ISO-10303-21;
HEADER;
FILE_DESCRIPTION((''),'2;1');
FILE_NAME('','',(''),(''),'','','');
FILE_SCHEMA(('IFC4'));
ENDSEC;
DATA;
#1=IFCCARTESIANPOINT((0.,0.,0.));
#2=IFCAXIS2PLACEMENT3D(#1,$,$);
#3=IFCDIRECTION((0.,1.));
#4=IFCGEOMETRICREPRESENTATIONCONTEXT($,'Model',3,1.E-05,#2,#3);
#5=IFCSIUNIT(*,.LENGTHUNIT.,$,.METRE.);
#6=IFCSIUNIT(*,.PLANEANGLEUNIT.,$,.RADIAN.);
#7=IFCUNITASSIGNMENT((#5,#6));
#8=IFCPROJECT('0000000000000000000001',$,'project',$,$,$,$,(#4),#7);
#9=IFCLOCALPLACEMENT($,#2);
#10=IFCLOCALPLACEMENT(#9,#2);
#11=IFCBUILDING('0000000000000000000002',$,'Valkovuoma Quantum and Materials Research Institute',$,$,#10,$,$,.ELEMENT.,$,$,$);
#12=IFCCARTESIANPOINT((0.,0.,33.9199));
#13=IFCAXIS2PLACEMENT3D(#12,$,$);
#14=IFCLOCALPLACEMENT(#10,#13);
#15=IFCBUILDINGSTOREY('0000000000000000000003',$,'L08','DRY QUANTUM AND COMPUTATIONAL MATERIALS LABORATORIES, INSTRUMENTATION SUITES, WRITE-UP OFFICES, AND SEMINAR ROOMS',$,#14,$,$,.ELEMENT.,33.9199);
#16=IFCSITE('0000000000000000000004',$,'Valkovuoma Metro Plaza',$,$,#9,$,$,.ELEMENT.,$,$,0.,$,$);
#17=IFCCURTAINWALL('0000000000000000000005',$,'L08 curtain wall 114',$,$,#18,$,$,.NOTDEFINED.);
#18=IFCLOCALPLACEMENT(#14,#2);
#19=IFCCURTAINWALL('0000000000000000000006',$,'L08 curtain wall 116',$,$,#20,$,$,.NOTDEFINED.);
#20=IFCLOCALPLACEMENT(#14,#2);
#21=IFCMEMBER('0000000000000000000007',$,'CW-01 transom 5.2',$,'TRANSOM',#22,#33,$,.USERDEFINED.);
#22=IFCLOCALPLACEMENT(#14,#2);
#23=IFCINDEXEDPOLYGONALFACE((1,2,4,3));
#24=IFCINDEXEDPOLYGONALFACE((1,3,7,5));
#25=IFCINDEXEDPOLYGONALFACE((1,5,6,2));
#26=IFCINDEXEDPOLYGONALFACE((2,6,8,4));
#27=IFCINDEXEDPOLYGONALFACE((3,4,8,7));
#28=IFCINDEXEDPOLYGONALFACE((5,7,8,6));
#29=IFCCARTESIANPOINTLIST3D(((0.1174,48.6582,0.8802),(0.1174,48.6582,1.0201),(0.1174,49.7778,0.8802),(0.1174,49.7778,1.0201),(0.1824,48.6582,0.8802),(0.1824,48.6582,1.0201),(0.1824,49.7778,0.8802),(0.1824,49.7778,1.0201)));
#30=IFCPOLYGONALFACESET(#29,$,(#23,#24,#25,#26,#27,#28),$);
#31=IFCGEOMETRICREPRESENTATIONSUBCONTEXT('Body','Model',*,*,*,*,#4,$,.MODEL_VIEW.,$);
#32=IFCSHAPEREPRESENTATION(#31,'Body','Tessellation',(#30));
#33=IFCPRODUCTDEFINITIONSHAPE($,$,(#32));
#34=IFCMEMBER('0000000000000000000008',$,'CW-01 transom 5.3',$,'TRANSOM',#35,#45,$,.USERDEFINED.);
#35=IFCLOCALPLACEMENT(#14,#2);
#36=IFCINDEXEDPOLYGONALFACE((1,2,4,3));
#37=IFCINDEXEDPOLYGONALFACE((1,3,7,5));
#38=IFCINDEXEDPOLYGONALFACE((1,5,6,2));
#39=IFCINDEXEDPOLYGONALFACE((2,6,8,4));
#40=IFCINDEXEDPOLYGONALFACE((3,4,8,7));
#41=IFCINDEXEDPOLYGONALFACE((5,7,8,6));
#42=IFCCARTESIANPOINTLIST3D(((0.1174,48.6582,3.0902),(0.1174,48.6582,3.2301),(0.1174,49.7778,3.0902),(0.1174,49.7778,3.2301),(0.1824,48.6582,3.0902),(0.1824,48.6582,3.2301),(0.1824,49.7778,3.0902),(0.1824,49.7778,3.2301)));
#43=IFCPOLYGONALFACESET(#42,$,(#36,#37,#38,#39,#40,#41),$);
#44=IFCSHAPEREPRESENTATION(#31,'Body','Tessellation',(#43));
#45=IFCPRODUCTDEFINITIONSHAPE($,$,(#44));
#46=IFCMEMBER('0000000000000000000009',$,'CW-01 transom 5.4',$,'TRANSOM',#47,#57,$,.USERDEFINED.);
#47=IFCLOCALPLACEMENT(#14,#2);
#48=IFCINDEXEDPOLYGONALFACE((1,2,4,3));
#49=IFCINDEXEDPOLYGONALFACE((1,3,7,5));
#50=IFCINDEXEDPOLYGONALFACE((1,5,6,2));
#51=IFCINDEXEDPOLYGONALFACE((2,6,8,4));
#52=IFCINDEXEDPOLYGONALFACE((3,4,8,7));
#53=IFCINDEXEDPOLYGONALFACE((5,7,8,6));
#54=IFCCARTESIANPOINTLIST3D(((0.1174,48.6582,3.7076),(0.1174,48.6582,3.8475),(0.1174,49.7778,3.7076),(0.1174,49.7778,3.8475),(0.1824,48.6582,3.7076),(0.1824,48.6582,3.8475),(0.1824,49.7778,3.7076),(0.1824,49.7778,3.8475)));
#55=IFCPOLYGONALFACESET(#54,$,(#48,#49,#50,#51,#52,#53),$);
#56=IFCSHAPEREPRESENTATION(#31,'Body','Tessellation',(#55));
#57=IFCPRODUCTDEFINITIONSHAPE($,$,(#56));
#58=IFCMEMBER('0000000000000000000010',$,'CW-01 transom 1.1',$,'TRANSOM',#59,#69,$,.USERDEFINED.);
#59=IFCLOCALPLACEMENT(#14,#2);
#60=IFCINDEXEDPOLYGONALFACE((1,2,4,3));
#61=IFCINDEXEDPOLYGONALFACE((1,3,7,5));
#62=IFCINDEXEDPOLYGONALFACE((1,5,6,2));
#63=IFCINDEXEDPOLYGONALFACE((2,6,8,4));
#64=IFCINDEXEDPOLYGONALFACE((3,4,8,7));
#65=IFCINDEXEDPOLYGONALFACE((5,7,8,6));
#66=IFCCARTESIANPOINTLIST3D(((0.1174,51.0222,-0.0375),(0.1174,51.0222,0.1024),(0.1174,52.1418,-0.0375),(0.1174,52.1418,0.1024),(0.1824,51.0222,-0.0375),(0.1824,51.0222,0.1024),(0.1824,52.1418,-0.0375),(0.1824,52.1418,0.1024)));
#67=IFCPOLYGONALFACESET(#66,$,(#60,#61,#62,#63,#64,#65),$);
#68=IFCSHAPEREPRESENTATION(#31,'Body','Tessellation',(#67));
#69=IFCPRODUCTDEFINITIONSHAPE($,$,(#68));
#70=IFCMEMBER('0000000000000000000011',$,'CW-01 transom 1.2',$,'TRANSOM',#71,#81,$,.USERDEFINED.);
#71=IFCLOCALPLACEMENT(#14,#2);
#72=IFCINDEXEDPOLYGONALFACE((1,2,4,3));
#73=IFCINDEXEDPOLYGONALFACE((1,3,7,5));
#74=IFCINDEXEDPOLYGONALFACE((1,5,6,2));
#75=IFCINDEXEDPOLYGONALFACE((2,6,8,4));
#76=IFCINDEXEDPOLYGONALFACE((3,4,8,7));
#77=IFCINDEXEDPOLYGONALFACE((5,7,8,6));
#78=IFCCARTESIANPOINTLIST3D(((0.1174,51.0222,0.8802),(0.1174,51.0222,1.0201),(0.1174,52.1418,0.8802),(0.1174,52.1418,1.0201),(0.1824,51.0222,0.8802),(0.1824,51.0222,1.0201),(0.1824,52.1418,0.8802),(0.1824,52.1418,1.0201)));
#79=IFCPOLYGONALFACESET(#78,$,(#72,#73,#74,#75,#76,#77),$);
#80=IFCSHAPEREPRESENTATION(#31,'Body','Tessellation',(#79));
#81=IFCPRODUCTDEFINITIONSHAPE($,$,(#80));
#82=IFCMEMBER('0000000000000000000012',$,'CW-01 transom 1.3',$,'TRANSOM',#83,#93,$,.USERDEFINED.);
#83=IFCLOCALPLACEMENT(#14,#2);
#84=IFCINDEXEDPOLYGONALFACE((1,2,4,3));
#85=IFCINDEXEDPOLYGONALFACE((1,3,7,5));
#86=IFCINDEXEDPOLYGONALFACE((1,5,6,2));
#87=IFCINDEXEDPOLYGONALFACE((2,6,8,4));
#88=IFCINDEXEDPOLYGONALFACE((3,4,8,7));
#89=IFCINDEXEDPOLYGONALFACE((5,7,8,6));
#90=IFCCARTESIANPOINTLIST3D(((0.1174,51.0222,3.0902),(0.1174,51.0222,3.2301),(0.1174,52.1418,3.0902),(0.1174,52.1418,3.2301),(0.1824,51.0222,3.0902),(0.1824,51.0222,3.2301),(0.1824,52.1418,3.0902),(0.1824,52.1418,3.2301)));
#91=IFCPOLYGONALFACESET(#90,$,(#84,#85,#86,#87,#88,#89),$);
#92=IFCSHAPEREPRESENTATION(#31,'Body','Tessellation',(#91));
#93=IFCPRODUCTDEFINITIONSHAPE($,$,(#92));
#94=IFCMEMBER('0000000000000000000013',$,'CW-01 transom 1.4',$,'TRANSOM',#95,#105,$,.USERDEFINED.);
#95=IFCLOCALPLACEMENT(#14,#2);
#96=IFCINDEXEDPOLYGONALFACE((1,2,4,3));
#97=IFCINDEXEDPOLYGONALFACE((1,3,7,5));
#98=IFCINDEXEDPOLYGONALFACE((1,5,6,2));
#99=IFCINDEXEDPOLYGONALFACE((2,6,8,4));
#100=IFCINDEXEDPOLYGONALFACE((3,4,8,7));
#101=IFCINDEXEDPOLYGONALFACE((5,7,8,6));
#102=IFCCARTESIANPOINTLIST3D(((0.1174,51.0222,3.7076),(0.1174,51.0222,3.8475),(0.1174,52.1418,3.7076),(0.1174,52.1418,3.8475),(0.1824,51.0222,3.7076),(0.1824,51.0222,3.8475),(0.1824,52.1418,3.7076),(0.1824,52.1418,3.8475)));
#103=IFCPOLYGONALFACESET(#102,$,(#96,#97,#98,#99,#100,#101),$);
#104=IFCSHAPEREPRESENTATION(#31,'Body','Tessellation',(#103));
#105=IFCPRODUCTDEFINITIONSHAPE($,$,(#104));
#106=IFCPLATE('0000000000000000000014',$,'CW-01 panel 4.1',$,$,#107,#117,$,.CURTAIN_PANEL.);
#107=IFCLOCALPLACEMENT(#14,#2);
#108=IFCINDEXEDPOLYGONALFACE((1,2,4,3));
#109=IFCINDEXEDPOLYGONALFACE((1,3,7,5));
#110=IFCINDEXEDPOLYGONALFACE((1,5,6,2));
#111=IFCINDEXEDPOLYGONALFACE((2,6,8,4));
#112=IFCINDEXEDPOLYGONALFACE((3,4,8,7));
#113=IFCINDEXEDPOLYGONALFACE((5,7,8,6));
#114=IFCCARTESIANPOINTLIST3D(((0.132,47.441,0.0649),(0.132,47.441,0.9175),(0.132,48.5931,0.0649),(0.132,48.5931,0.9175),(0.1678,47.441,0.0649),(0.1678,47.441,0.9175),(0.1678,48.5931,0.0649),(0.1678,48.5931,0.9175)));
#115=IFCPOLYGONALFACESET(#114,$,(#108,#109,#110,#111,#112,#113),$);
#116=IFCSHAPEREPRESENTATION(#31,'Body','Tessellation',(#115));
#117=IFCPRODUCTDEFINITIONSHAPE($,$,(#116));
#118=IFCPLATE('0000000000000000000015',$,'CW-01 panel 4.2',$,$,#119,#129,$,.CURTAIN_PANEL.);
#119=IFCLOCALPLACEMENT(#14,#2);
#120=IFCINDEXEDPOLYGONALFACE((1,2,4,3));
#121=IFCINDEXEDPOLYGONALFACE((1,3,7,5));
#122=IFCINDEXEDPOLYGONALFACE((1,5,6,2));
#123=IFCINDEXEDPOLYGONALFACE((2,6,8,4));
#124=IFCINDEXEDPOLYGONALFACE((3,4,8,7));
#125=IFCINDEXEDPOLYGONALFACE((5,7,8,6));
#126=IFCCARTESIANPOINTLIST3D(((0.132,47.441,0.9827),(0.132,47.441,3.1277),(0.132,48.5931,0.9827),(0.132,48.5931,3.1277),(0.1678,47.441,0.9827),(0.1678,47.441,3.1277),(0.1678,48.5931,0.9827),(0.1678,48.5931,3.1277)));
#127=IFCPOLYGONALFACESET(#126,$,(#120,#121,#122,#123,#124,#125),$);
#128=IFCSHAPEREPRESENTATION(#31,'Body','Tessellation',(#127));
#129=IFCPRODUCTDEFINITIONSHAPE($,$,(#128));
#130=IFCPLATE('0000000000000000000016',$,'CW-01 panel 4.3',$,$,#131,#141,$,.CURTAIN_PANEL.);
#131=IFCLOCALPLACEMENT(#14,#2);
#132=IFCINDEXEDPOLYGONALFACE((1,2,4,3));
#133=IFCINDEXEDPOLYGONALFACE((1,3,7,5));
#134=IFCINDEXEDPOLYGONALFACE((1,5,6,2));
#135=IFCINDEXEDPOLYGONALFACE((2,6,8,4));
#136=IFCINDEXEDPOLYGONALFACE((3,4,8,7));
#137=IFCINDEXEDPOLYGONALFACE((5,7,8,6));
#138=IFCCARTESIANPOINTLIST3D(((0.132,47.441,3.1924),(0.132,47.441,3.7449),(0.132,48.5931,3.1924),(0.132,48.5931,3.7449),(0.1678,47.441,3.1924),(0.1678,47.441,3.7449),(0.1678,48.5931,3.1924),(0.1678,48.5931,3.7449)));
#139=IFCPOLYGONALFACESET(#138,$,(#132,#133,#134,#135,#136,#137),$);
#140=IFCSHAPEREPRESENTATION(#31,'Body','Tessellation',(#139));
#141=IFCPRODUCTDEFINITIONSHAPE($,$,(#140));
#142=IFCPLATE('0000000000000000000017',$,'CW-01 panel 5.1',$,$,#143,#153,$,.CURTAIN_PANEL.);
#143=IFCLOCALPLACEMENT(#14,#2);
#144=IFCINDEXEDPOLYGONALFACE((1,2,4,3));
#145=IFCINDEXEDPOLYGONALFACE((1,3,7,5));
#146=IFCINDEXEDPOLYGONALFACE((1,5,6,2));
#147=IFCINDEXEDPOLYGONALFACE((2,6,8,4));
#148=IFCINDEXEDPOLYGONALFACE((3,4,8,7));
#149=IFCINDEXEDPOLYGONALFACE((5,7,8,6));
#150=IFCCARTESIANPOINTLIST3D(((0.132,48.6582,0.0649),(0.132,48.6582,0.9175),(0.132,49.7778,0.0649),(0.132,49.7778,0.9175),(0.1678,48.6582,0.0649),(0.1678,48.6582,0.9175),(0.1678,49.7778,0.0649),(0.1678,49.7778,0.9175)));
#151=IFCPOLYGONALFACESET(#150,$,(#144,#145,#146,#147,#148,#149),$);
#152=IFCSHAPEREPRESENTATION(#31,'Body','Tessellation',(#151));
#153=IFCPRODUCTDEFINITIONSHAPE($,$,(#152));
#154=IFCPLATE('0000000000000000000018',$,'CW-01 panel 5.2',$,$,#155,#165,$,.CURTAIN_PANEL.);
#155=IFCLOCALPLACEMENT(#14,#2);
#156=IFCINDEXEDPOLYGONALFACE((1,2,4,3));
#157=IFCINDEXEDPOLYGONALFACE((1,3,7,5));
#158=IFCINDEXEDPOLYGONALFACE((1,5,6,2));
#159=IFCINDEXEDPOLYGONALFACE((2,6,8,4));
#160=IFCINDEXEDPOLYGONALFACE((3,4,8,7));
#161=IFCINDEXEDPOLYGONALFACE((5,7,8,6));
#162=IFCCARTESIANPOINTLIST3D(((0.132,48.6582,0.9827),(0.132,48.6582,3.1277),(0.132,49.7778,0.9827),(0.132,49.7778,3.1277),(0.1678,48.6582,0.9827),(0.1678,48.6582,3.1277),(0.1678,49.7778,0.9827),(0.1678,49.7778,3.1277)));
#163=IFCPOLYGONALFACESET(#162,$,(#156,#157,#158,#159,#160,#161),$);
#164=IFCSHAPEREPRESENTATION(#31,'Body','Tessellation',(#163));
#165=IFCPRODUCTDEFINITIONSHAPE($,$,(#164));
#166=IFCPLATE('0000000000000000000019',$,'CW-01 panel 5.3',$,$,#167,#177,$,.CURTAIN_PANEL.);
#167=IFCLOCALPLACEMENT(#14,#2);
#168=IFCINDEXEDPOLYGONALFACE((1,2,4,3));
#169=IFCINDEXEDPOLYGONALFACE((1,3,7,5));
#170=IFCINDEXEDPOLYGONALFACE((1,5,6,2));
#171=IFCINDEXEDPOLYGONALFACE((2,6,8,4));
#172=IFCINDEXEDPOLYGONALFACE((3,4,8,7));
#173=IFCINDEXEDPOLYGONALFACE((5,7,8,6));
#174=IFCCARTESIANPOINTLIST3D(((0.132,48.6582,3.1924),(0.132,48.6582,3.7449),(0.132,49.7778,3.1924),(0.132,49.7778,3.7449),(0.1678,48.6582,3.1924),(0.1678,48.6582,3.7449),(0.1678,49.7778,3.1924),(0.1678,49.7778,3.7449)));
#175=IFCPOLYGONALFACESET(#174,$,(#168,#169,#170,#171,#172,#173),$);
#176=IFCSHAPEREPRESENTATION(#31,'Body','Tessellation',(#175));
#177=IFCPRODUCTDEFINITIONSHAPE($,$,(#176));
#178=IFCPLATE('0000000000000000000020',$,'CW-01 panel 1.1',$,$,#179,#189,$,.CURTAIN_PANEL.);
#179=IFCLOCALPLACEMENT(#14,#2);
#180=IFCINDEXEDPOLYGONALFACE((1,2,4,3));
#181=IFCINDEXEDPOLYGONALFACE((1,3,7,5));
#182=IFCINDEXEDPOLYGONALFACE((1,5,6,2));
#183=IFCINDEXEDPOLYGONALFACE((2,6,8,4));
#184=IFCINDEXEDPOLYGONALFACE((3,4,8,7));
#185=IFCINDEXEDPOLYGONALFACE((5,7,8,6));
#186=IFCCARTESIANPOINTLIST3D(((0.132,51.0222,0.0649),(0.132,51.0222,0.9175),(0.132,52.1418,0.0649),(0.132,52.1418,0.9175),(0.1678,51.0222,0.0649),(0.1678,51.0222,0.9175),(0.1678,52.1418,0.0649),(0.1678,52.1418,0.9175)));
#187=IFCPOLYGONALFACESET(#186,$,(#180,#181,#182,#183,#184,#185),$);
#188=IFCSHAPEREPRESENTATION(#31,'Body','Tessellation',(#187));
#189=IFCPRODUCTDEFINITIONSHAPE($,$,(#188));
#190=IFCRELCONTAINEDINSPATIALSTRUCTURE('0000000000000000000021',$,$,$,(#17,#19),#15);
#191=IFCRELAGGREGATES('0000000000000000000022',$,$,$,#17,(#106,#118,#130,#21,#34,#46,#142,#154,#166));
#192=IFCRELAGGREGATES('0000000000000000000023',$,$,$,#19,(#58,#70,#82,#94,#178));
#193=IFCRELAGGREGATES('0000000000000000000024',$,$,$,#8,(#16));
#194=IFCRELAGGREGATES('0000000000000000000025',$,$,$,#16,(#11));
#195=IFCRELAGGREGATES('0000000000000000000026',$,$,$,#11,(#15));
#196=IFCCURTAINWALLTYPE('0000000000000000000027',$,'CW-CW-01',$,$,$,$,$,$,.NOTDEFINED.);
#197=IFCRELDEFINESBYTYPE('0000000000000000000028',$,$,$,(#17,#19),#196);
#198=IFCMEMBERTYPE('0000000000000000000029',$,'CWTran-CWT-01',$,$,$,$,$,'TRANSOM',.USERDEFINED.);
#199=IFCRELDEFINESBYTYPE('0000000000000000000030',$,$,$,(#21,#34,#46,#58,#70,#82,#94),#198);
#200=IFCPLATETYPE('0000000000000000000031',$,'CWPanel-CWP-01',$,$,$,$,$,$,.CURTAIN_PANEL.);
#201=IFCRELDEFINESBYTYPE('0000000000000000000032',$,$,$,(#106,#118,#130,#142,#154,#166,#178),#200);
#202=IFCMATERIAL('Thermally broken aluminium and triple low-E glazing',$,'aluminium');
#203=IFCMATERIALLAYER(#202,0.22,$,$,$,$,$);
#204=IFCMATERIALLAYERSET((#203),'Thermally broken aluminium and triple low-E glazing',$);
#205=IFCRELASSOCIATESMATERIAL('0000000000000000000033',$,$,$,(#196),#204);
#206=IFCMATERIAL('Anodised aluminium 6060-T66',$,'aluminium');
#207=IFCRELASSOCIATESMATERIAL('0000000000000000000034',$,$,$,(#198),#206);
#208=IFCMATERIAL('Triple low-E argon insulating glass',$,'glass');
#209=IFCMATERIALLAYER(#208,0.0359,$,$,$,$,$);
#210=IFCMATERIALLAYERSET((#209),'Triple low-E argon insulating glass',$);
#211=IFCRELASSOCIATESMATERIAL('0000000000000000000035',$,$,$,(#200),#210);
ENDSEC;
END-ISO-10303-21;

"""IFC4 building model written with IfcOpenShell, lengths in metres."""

from ifc_helpers import new_model, si_unit, direction, frame, origin, origin_2d, place, context, subcontext, project, spatial, rectangle, extrude, material, layer, layer_set, material_profile, profile_set, type_object, element, aggregate, save


model = new_model("IFC4")

# Units and contexts
model_context = context("Model", 3, precision=1e-05, world=origin(), true_north=direction((0.0, 1.0)))
body_context = subcontext(model_context, "Body", "Model", "MODEL_VIEW")
ifc_project = project(units=[si_unit("LENGTHUNIT", "METRE"), si_unit("PLANEANGLEUNIT", "RADIAN")], contexts=[model_context])

# Site, building, storey
site_placement = place(None, origin())
site = spatial("IfcSite", under=ifc_project, at=site_placement, Name="Valkovuoma Metro Plaza", CompositionType="ELEMENT", RefElevation=0.0)
building_placement = place(site_placement, origin())
building = spatial("IfcBuilding", under=site, at=building_placement, Name="Valkovuoma Quantum and Materials Research Institute", CompositionType="ELEMENT")
storey_placement = place(building_placement, frame((0.0, 0.0, 33.9199)))
storey = spatial("IfcBuildingStorey", under=building, at=storey_placement, Name="L08", Description="DRY QUANTUM AND COMPUTATIONAL MATERIALS LABORATORIES, INSTRUMENTATION SUITES, WRITE-UP OFFICES, AND SEMINAR ROOMS", CompositionType="ELEMENT", Elevation=33.9199)

# Curtain wall
ifc_material_1 = material(Name="Thermally broken aluminium and triple low-E glazing", Category="aluminium")
ifc_layer_1 = layer(ifc_material_1, 0.22)
ifc_layer_set_1 = layer_set([ifc_layer_1], Name="Thermally broken aluminium and triple low-E glazing")
curtain_wall_type = type_object("IfcCurtainWallType", Name="CW-CW-01", PredefinedType="NOTDEFINED", material=ifc_layer_set_1)
curtain_wall_1_placement = place(storey_placement, origin())
curtain_wall_1 = element("IfcCurtainWall", 1, at=curtain_wall_1_placement, inside=storey, type_object=curtain_wall_type, Name="L08 curtain wall 114", PredefinedType="NOTDEFINED")

# Curtain wall
curtain_wall_2_placement = place(storey_placement, origin())
curtain_wall_2 = element("IfcCurtainWall", 2, at=curtain_wall_2_placement, inside=storey, type_object=curtain_wall_type, Name="L08 curtain wall 116", PredefinedType="NOTDEFINED")

# Members
ifc_material_2 = material(Name="Anodised aluminium 6060-T66", Category="aluminium")
ifc_material_profile_1 = material_profile(ifc_material_2, rectangle(XDim=0.0649, YDim=0.1399, at=origin_2d()), Name="Anodised aluminium 6060-T66")
ifc_profile_set_1 = profile_set([ifc_material_profile_1], Name="Anodised aluminium 6060-T66")
member_type_1 = type_object("IfcMemberType", Name="CWTran-CWT-01", ElementType="TRANSOM", PredefinedType="USERDEFINED", material=ifc_profile_set_1)
member_1_placement = place(storey_placement, frame((0.1499, 48.6582, 0.9502), z_axis=(0.0, 1.0, 0.0), x_axis=(-1.0, 0.0, 0.0)))
member_1 = element("IfcMember", 3, at=member_1_placement, type_object=member_type_1, Name="CW-01 transom 5.2", ObjectType="TRANSOM", PredefinedType="USERDEFINED", context=body_context, shape_type="SweptSolid", body=[
    extrude(rectangle(XDim=0.0649, YDim=0.1399, at=origin_2d()), origin(), (0.0, 0.0, 1.0), 1.1196),
])
member_2_placement = place(storey_placement, frame((0.1499, 48.6582, 3.1602), z_axis=(0.0, 1.0, 0.0), x_axis=(-1.0, 0.0, 0.0)))
member_2 = element("IfcMember", 4, at=member_2_placement, type_object=member_type_1, Name="CW-01 transom 5.3", ObjectType="TRANSOM", PredefinedType="USERDEFINED", context=body_context, shape_type="SweptSolid", body=[
    extrude(rectangle(XDim=0.0649, YDim=0.1399, at=origin_2d()), origin(), (0.0, 0.0, 1.0), 1.1196),
])
member_3_placement = place(storey_placement, frame((0.1499, 48.6582, 3.7776), z_axis=(0.0, 1.0, 0.0), x_axis=(-1.0, 0.0, 0.0)))
member_3 = element("IfcMember", 5, at=member_3_placement, type_object=member_type_1, Name="CW-01 transom 5.4", ObjectType="TRANSOM", PredefinedType="USERDEFINED", context=body_context, shape_type="SweptSolid", body=[
    extrude(rectangle(XDim=0.0649, YDim=0.1399, at=origin_2d()), origin(), (0.0, 0.0, 1.0), 1.1196),
])
member_4_placement = place(storey_placement, frame((0.1499, 51.0222, 0.0325), z_axis=(0.0, 1.0, 0.0), x_axis=(-1.0, 0.0, 0.0)))
member_4 = element("IfcMember", 6, at=member_4_placement, type_object=member_type_1, Name="CW-01 transom 1.1", ObjectType="TRANSOM", PredefinedType="USERDEFINED", context=body_context, shape_type="SweptSolid", body=[
    extrude(rectangle(XDim=0.0649, YDim=0.1399, at=origin_2d()), origin(), (0.0, 0.0, 1.0), 1.1196),
])
member_5_placement = place(storey_placement, frame((0.1499, 51.0222, 0.9502), z_axis=(0.0, 1.0, 0.0), x_axis=(-1.0, 0.0, 0.0)))
member_5 = element("IfcMember", 7, at=member_5_placement, type_object=member_type_1, Name="CW-01 transom 1.2", ObjectType="TRANSOM", PredefinedType="USERDEFINED", context=body_context, shape_type="SweptSolid", body=[
    extrude(rectangle(XDim=0.0649, YDim=0.1399, at=origin_2d()), origin(), (0.0, 0.0, 1.0), 1.1196),
])
member_6_placement = place(storey_placement, frame((0.1499, 51.0222, 3.1602), z_axis=(0.0, 1.0, 0.0), x_axis=(-1.0, 0.0, 0.0)))
member_6 = element("IfcMember", 8, at=member_6_placement, type_object=member_type_1, Name="CW-01 transom 1.3", ObjectType="TRANSOM", PredefinedType="USERDEFINED", context=body_context, shape_type="SweptSolid", body=[
    extrude(rectangle(XDim=0.0649, YDim=0.1399, at=origin_2d()), origin(), (0.0, 0.0, 1.0), 1.1196),
])
member_7_placement = place(storey_placement, frame((0.1499, 51.0222, 3.7776), z_axis=(0.0, 1.0, 0.0), x_axis=(-1.0, 0.0, 0.0)))
member_7 = element("IfcMember", 9, at=member_7_placement, type_object=member_type_1, Name="CW-01 transom 1.4", ObjectType="TRANSOM", PredefinedType="USERDEFINED", context=body_context, shape_type="SweptSolid", body=[
    extrude(rectangle(XDim=0.0649, YDim=0.1399, at=origin_2d()), origin(), (0.0, 0.0, 1.0), 1.1196),
])

# Plates
ifc_material_3 = material(Name="Triple low-E argon insulating glass", Category="glass")
ifc_layer_2 = layer(ifc_material_3, 0.0359)
ifc_layer_set_2 = layer_set([ifc_layer_2], Name="Triple low-E argon insulating glass")
plate_type = type_object("IfcPlateType", Name="CWPanel-CWP-01", PredefinedType="CURTAIN_PANEL", material=ifc_layer_set_2)
plate_1_placement = place(storey_placement, frame((0.1499, 48.0171, 0.0649), z_axis=(0.0, 0.0, 1.0), x_axis=(0.0, 1.0, 0.0)))
plate_1 = element("IfcPlate", 10, at=plate_1_placement, type_object=plate_type, Name="CW-01 panel 4.1", PredefinedType="CURTAIN_PANEL", context=body_context, shape_type="SweptSolid", body=[
    extrude(rectangle(XDim=1.1521, YDim=0.0359, at=origin_2d()), origin(), (0.0, 0.0, 1.0), 0.8525),
])
plate_2_placement = place(storey_placement, frame((0.1499, 48.0171, 0.9827), z_axis=(0.0, 0.0, 1.0), x_axis=(0.0, 1.0, 0.0)))
plate_2 = element("IfcPlate", 11, at=plate_2_placement, type_object=plate_type, Name="CW-01 panel 4.2", PredefinedType="CURTAIN_PANEL", context=body_context, shape_type="SweptSolid", body=[
    extrude(rectangle(XDim=1.1521, YDim=0.0359, at=origin_2d()), origin(), (0.0, 0.0, 1.0), 2.145),
])
plate_3_placement = place(storey_placement, frame((0.1499, 48.0171, 3.1924), z_axis=(0.0, 0.0, 1.0), x_axis=(0.0, 1.0, 0.0)))
plate_3 = element("IfcPlate", 12, at=plate_3_placement, type_object=plate_type, Name="CW-01 panel 4.3", PredefinedType="CURTAIN_PANEL", context=body_context, shape_type="SweptSolid", body=[
    extrude(rectangle(XDim=1.1521, YDim=0.0359, at=origin_2d()), origin(), (0.0, 0.0, 1.0), 0.5525),
])
plate_4_placement = place(storey_placement, frame((0.1499, 49.218, 0.0649), z_axis=(0.0, 0.0, 1.0), x_axis=(0.0, 1.0, 0.0)))
plate_4 = element("IfcPlate", 13, at=plate_4_placement, type_object=plate_type, Name="CW-01 panel 5.1", PredefinedType="CURTAIN_PANEL", context=body_context, shape_type="SweptSolid", body=[
    extrude(rectangle(XDim=1.1196, YDim=0.0359, at=origin_2d()), origin(), (0.0, 0.0, 1.0), 0.8525),
])
plate_5_placement = place(storey_placement, frame((0.1499, 49.218, 0.9827), z_axis=(0.0, 0.0, 1.0), x_axis=(0.0, 1.0, 0.0)))
plate_5 = element("IfcPlate", 14, at=plate_5_placement, type_object=plate_type, Name="CW-01 panel 5.2", PredefinedType="CURTAIN_PANEL", context=body_context, shape_type="SweptSolid", body=[
    extrude(rectangle(XDim=1.1196, YDim=0.0359, at=origin_2d()), origin(), (0.0, 0.0, 1.0), 2.145),
])
plate_6_placement = place(storey_placement, frame((0.1499, 49.218, 3.1924), z_axis=(0.0, 0.0, 1.0), x_axis=(0.0, 1.0, 0.0)))
plate_6 = element("IfcPlate", 15, at=plate_6_placement, type_object=plate_type, Name="CW-01 panel 5.3", PredefinedType="CURTAIN_PANEL", context=body_context, shape_type="SweptSolid", body=[
    extrude(rectangle(XDim=1.1196, YDim=0.0359, at=origin_2d()), origin(), (0.0, 0.0, 1.0), 0.5525),
])
aggregate(curtain_wall_1, [plate_1, plate_2, plate_3, member_1, member_2, member_3, plate_4, plate_5, plate_6])
plate_7_placement = place(storey_placement, frame((0.1499, 51.582, 0.0649), z_axis=(0.0, 0.0, 1.0), x_axis=(0.0, 1.0, 0.0)))
plate_7 = element("IfcPlate", 16, at=plate_7_placement, type_object=plate_type, Name="CW-01 panel 1.1", PredefinedType="CURTAIN_PANEL", context=body_context, shape_type="SweptSolid", body=[
    extrude(rectangle(XDim=1.1196, YDim=0.0359, at=origin_2d()), origin(), (0.0, 0.0, 1.0), 0.8525),
])
aggregate(curtain_wall_2, [member_4, member_5, member_6, member_7, plate_7])

save(model, "model.ifc")
